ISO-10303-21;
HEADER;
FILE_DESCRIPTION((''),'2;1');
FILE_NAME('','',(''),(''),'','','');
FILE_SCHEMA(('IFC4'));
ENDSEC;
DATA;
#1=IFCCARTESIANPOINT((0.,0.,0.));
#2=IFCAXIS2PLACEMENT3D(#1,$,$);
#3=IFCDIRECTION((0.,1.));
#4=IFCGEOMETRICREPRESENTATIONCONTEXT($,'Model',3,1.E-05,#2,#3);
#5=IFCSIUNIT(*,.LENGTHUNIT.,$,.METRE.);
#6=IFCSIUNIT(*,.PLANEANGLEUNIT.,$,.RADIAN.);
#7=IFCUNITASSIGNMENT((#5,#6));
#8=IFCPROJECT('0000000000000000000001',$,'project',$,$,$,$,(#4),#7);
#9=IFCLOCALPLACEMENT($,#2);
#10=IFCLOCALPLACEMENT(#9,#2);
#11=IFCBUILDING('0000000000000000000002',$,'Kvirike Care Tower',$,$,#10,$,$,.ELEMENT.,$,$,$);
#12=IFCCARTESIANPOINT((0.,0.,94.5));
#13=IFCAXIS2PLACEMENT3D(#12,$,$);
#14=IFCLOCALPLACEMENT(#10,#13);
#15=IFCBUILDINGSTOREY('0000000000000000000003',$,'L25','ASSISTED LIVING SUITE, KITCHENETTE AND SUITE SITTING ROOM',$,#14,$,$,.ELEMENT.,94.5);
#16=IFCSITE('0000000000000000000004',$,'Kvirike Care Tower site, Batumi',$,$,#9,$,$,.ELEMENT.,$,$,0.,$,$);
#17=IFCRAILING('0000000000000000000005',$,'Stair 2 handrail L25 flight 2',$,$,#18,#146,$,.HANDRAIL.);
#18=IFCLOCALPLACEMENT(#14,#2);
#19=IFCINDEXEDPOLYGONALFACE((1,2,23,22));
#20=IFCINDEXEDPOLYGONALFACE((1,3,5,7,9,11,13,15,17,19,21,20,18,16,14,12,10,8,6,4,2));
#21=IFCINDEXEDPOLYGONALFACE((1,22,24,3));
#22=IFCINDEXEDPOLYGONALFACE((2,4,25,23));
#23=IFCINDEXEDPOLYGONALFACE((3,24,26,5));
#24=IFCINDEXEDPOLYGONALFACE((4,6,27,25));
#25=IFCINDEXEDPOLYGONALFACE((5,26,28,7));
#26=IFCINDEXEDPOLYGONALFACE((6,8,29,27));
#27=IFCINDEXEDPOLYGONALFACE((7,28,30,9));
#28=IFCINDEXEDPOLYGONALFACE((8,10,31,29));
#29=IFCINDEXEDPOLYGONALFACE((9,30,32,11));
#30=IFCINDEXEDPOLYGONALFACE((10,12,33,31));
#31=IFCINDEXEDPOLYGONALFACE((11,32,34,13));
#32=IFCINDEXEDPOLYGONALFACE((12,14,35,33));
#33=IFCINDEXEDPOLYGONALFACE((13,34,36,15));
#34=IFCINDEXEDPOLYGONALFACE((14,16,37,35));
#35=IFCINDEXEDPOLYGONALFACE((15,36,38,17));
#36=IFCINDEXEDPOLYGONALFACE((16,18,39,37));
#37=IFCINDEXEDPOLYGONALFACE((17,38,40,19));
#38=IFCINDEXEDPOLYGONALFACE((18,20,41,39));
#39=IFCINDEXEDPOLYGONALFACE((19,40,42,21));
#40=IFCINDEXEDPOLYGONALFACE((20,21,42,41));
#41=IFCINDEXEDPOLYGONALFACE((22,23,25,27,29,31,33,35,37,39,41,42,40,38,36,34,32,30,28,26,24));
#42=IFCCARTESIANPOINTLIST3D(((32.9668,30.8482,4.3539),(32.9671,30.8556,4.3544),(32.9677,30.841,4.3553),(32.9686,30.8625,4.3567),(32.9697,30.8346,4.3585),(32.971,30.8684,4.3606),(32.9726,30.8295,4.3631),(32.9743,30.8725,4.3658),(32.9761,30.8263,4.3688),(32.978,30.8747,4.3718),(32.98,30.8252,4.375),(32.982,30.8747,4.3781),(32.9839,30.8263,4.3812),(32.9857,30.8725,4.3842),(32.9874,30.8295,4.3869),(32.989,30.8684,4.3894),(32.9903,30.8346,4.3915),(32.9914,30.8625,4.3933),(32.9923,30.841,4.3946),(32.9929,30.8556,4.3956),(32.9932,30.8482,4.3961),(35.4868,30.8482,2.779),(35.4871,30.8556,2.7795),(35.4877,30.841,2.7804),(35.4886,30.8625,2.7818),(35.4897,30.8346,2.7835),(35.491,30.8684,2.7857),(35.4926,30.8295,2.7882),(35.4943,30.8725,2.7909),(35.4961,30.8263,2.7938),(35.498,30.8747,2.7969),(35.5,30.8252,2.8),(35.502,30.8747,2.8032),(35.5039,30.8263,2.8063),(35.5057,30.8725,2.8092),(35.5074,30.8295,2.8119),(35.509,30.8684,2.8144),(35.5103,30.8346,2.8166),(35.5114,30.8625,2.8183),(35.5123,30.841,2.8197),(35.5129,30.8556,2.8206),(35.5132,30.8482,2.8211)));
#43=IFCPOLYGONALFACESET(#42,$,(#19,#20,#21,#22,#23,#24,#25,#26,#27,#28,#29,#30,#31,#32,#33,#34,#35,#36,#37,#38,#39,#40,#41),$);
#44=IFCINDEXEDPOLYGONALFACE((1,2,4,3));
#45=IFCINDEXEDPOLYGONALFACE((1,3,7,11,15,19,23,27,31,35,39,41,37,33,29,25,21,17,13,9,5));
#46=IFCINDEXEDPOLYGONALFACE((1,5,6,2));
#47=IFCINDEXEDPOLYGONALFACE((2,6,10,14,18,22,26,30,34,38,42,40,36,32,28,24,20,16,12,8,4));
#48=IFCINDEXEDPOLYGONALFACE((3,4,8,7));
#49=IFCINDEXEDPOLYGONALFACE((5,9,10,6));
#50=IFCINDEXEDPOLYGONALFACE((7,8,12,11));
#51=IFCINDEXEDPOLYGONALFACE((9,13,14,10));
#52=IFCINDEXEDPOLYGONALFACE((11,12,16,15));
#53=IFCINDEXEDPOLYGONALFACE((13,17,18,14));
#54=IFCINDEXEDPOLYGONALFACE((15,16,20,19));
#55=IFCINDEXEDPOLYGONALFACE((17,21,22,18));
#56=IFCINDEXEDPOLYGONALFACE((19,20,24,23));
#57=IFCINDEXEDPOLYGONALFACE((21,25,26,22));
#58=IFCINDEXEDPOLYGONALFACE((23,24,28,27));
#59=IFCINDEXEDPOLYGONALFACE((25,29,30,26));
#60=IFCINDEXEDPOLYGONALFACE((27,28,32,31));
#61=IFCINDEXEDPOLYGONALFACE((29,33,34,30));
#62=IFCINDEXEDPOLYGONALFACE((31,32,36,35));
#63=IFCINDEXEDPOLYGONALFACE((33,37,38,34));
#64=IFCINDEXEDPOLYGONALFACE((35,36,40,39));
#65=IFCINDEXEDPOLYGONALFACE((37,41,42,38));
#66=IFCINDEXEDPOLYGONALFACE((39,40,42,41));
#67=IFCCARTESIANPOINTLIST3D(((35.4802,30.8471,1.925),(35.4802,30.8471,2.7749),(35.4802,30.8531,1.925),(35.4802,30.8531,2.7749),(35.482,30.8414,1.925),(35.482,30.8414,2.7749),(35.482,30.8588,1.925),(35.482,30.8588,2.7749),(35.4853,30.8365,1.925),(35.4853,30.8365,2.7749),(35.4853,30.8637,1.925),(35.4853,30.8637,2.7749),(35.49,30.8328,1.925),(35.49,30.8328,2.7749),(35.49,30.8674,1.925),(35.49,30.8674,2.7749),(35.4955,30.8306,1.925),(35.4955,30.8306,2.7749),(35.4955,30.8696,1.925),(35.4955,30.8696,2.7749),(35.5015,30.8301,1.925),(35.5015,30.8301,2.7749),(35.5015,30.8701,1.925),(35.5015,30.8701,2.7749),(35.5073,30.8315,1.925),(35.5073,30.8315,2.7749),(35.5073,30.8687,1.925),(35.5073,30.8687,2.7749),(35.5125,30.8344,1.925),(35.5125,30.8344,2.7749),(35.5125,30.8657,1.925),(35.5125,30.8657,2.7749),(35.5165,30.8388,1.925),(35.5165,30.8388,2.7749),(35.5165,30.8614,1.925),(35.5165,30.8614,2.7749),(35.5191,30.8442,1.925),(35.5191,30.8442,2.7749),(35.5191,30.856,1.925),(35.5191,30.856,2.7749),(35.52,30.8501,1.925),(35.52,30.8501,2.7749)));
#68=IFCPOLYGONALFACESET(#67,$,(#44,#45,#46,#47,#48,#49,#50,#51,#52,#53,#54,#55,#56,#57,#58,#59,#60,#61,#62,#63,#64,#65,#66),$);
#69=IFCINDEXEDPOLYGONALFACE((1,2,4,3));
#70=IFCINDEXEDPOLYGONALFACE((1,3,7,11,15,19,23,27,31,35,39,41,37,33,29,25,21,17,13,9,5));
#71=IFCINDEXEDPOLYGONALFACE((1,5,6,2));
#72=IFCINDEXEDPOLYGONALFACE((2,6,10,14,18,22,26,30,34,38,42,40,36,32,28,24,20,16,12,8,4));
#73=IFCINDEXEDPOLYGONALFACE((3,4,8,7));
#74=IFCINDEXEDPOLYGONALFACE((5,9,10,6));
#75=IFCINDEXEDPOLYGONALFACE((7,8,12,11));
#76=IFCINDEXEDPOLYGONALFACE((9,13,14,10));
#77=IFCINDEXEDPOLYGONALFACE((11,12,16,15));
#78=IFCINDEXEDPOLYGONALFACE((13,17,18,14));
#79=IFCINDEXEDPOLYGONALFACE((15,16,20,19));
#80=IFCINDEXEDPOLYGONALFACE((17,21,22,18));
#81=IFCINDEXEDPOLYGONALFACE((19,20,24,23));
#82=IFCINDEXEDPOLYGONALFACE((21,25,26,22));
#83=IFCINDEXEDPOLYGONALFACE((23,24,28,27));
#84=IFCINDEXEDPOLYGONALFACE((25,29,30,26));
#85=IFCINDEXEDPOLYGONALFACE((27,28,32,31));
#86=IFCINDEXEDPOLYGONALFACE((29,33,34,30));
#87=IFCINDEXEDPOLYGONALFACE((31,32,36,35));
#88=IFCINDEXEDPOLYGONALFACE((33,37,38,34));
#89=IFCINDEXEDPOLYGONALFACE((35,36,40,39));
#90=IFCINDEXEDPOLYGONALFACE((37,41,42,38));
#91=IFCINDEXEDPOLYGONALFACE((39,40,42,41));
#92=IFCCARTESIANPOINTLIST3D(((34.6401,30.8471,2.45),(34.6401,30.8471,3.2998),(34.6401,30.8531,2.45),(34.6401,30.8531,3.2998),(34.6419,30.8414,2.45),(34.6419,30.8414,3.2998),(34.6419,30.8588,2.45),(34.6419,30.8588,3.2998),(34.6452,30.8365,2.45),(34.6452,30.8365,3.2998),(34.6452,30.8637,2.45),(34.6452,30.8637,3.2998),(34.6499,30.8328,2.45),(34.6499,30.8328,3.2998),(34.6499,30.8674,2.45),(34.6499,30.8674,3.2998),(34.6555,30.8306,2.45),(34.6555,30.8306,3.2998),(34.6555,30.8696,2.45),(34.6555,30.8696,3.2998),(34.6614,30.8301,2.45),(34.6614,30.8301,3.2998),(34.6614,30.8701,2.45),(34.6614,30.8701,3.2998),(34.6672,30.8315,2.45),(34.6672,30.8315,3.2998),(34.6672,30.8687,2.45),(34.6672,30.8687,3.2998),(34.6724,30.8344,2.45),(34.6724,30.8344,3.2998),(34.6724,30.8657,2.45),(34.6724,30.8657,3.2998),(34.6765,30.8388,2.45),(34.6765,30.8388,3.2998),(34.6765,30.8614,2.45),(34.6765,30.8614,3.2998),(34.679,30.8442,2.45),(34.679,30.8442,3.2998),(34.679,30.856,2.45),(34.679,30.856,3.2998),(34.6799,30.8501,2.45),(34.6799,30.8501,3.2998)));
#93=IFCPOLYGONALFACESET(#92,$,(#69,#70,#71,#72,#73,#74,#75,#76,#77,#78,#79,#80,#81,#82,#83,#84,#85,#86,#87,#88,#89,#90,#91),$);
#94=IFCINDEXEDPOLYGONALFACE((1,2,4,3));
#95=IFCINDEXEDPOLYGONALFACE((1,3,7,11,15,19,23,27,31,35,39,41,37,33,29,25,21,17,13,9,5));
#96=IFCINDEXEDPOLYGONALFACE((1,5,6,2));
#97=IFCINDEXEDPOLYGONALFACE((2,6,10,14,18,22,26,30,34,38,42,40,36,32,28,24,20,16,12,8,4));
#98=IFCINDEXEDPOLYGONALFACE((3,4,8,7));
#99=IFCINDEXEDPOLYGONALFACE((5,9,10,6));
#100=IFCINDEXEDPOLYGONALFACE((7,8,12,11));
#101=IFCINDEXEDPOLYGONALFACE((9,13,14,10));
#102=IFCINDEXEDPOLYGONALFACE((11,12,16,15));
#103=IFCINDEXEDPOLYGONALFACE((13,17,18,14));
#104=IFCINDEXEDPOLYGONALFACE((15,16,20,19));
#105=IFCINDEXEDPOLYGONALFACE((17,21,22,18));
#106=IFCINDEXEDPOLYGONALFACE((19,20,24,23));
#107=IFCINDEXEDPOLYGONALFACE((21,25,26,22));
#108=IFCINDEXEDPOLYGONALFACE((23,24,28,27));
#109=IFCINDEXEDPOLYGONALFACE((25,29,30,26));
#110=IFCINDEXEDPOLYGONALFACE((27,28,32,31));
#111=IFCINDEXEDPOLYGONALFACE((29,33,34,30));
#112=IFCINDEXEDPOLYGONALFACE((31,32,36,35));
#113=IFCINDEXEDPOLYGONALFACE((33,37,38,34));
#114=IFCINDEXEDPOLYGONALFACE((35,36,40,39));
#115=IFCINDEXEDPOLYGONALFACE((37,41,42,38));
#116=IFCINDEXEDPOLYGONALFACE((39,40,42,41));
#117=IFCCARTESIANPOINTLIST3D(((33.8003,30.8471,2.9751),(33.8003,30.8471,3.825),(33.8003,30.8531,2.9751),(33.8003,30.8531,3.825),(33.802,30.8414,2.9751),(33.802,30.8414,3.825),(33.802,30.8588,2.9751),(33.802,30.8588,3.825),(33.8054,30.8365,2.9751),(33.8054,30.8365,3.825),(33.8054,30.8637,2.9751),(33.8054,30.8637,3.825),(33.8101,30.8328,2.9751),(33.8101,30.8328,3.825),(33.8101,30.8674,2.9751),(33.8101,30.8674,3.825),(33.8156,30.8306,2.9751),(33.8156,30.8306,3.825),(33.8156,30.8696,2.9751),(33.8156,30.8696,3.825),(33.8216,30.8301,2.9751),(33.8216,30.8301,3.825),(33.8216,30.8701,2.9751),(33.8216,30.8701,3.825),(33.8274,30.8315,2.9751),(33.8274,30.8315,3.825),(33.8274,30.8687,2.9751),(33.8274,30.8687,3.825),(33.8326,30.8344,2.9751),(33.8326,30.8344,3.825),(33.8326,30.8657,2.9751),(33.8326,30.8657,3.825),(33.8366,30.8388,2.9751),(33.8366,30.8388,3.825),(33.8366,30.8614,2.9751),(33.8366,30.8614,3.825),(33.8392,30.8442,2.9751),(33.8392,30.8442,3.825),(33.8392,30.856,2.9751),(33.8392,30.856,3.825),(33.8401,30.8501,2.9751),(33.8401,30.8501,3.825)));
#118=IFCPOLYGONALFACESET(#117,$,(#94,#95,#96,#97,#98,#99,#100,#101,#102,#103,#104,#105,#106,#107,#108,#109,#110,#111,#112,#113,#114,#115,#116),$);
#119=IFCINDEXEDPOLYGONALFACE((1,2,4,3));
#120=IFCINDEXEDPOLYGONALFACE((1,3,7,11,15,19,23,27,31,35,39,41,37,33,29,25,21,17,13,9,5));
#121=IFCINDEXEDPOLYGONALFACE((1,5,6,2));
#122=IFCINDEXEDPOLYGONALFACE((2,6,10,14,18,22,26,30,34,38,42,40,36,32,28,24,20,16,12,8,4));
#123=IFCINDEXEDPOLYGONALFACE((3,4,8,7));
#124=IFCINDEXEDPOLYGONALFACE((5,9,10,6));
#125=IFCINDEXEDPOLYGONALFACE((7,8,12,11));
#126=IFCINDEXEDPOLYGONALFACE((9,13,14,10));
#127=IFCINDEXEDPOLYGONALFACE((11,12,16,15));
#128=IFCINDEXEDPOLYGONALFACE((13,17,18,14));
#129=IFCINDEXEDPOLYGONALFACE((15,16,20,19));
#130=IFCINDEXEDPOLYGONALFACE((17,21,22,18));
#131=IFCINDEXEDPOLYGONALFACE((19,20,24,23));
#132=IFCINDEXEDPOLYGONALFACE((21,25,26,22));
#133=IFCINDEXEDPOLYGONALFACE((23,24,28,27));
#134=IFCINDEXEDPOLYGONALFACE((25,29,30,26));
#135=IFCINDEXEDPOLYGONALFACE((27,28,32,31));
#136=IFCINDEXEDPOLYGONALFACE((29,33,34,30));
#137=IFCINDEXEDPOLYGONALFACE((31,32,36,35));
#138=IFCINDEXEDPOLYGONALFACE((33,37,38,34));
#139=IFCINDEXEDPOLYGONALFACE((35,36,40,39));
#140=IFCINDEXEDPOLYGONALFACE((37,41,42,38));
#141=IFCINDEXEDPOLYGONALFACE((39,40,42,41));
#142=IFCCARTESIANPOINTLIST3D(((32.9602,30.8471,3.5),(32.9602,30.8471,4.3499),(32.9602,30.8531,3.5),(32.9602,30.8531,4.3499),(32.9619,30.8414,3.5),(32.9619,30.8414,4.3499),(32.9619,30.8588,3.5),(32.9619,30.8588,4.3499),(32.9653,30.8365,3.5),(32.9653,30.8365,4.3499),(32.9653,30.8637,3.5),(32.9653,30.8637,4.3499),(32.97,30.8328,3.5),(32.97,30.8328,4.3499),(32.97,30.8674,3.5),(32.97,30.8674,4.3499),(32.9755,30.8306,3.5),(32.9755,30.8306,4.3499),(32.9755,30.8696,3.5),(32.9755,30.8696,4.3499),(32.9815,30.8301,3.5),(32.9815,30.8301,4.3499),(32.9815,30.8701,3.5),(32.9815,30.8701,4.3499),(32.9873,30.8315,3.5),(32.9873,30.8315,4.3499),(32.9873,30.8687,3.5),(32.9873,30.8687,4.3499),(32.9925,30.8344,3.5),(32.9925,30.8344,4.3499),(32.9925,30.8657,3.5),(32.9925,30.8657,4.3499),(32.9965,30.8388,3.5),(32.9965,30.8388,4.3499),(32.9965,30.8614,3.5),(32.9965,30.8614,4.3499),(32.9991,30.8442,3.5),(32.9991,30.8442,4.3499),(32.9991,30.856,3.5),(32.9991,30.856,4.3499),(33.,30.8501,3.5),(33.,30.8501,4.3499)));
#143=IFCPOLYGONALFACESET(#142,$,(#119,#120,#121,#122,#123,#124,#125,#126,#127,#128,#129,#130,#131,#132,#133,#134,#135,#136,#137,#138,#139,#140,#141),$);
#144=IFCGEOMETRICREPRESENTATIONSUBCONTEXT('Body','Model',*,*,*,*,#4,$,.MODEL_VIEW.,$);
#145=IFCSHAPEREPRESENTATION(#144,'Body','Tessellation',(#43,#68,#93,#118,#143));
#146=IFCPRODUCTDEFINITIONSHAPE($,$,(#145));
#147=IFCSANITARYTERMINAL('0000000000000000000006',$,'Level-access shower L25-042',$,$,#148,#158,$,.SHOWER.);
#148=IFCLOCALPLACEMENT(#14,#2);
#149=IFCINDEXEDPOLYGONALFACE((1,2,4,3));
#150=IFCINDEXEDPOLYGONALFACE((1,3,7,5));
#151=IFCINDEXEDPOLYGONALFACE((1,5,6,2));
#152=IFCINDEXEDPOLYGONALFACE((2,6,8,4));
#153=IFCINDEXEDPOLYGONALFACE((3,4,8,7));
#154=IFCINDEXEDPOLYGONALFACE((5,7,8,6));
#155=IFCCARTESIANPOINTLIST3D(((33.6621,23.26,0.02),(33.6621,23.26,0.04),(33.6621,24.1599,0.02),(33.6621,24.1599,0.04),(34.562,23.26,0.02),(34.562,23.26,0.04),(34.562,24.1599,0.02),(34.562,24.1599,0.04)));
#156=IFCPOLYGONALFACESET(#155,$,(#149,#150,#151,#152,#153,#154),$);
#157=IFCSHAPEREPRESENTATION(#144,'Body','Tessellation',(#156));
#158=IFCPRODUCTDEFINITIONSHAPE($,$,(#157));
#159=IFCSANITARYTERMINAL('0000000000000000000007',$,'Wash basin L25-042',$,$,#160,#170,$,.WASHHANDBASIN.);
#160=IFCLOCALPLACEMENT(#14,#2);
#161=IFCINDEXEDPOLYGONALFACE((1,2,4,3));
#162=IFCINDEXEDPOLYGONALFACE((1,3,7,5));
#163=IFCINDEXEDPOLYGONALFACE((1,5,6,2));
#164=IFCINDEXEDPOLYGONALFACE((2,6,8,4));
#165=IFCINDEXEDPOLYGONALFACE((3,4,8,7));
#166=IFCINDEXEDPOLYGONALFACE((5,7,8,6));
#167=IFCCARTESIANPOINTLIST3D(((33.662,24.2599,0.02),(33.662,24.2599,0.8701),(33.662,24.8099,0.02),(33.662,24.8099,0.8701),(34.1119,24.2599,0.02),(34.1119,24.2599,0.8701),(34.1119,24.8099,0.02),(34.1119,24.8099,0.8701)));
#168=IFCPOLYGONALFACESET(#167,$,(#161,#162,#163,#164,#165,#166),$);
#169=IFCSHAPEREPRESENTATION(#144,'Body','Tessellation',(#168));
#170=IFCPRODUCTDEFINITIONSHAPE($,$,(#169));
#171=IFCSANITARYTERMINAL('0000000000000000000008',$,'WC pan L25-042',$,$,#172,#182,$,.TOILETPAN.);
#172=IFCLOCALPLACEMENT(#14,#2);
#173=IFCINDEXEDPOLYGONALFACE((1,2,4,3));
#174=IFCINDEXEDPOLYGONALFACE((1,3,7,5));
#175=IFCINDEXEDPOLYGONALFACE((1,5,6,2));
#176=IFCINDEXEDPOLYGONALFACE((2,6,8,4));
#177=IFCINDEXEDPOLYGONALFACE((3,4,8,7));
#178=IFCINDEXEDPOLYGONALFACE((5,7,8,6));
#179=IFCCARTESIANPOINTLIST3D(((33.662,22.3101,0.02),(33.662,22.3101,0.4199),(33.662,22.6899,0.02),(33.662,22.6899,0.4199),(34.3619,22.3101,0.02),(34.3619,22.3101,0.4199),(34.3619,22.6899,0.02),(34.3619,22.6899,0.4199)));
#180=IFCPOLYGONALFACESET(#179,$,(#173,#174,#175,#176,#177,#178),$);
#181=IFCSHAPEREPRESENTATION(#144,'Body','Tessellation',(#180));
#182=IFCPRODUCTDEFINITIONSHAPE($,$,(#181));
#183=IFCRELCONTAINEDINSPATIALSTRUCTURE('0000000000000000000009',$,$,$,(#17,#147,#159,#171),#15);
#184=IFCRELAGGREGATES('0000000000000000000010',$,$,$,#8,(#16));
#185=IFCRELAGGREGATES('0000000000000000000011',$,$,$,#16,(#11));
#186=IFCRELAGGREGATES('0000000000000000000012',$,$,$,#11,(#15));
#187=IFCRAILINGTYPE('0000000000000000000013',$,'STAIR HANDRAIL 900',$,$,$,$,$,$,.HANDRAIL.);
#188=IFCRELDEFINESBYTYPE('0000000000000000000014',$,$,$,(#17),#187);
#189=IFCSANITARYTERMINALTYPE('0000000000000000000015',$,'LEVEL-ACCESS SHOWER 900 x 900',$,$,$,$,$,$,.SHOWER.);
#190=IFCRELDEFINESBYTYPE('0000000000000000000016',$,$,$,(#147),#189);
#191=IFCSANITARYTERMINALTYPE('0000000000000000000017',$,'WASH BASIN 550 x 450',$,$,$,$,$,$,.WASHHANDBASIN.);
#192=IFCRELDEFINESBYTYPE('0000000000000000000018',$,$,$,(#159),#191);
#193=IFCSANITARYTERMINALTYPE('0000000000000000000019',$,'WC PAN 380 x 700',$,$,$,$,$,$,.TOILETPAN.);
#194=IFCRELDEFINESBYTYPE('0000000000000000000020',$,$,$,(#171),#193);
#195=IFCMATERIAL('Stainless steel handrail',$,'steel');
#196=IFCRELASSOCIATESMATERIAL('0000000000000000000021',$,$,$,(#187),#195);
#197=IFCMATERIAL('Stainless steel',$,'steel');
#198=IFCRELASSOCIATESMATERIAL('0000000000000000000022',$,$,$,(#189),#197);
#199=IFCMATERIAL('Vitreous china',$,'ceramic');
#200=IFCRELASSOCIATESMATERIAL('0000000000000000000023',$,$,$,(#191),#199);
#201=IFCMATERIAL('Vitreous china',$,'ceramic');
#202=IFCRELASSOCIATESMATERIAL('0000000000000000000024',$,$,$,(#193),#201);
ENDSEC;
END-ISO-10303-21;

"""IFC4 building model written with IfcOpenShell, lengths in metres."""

from ifc_helpers import new_model, si_unit, direction, frame, origin, origin_2d, place, context, subcontext, project, spatial, rectangle, circle, extrude, material, type_object, element, save


model = new_model("IFC4")

# Units and contexts
model_context = context("Model", 3, precision=1e-05, world=origin(), true_north=direction((0.0, 1.0)))
body_context = subcontext(model_context, "Body", "Model", "MODEL_VIEW")
ifc_project = project(units=[si_unit("LENGTHUNIT", "METRE"), si_unit("PLANEANGLEUNIT", "RADIAN")], contexts=[model_context])

# Site, building, storey
site_placement = place(None, origin())
site = spatial("IfcSite", under=ifc_project, at=site_placement, Name="Kvirike Care Tower site, Batumi", CompositionType="ELEMENT", RefElevation=0.0)
building_placement = place(site_placement, origin())
building = spatial("IfcBuilding", under=site, at=building_placement, Name="Kvirike Care Tower", CompositionType="ELEMENT")
storey_placement = place(building_placement, frame((0.0, 0.0, 94.5)))
storey = spatial("IfcBuildingStorey", under=building, at=storey_placement, Name="L25", Description="ASSISTED LIVING SUITE, KITCHENETTE AND SUITE SITTING ROOM", CompositionType="ELEMENT", Elevation=94.5)

# Railing
ifc_material_1 = material(Name="Stainless steel handrail", Category="steel")
railing_type = type_object("IfcRailingType", Name="STAIR HANDRAIL 900", PredefinedType="HANDRAIL", material=ifc_material_1)
railing_1_placement = place(storey_placement, frame((35.5, 30.8501, 1.925)))
element("IfcRailing", 1, at=railing_1_placement, inside=storey, type_object=railing_type, Name="Stair 2 handrail L25 flight 2", PredefinedType="HANDRAIL", context=body_context, shape_type="SweptSolid", body=[
    extrude(circle(Radius=0.0249, at=origin_2d()), frame((0.0, 0.0, 0.875), z_axis=(-0.848008, 0.0, 0.529984), x_axis=(0.0, -1.0, 0.0)), (0.0, 0.0, 1.0), 2.9717),
    extrude(circle(Radius=0.02, at=origin_2d()), origin(), (0.0, 0.0, 1.0), 0.8499),
    extrude(circle(Radius=0.02, at=origin_2d()), frame((-0.8401, 0.0, 0.5249)), (0.0, 0.0, 1.0), 0.8499),
    extrude(circle(Radius=0.02, at=origin_2d()), frame((-1.6799, 0.0, 1.05)), (0.0, 0.0, 1.0), 0.8499),
    extrude(circle(Radius=0.02, at=origin_2d()), frame((-2.52, 0.0, 1.575)), (0.0, 0.0, 1.0), 0.8499),
])

# Sanitary terminals
ifc_material_2 = material(Name="Stainless steel", Category="steel")
sanitary_terminal_type_1 = type_object("IfcSanitaryTerminalType", Name="LEVEL-ACCESS SHOWER 900 x 900", PredefinedType="SHOWER", material=ifc_material_2)
sanitary_terminal_1_placement = place(storey_placement, frame((34.1121, 23.71, 0.02), z_axis=(0.0, 0.0, 1.0), x_axis=(0.0, 1.0, 0.0)))
element("IfcSanitaryTerminal", 2, at=sanitary_terminal_1_placement, inside=storey, type_object=sanitary_terminal_type_1, Name="Level-access shower L25-042", PredefinedType="SHOWER", context=body_context, shape_type="SweptSolid", body=[
    extrude(rectangle(XDim=0.8999, YDim=0.8999, at=origin_2d()), origin(), (0.0, 0.0, 1.0), 0.02),
])
ifc_material_3 = material(Name="Vitreous china", Category="ceramic")
sanitary_terminal_type_2 = type_object("IfcSanitaryTerminalType", Name="WASH BASIN 550 x 450", PredefinedType="WASHHANDBASIN", material=ifc_material_3)
sanitary_terminal_2_placement = place(storey_placement, frame((33.887, 24.5349, 0.02), z_axis=(0.0, 0.0, 1.0), x_axis=(0.0, 1.0, 0.0)))
element("IfcSanitaryTerminal", 3, at=sanitary_terminal_2_placement, inside=storey, type_object=sanitary_terminal_type_2, Name="Wash basin L25-042", PredefinedType="WASHHANDBASIN", context=body_context, shape_type="SweptSolid", body=[
    extrude(rectangle(XDim=0.55, YDim=0.45, at=origin_2d()), origin(), (0.0, 0.0, 1.0), 0.8501),
])
ifc_material_4 = material(Name="Vitreous china", Category="ceramic")
sanitary_terminal_type_3 = type_object("IfcSanitaryTerminalType", Name="WC PAN 380 x 700", PredefinedType="TOILETPAN", material=ifc_material_4)
sanitary_terminal_3_placement = place(storey_placement, frame((34.012, 22.5, 0.02), z_axis=(0.0, 0.0, 1.0), x_axis=(0.0, 1.0, 0.0)))
element("IfcSanitaryTerminal", 4, at=sanitary_terminal_3_placement, inside=storey, type_object=sanitary_terminal_type_3, Name="WC pan L25-042", PredefinedType="TOILETPAN", context=body_context, shape_type="SweptSolid", body=[
    extrude(rectangle(XDim=0.3799, YDim=0.7, at=origin_2d()), origin(), (0.0, 0.0, 1.0), 0.3999),
])

save(model, "model.ifc")
